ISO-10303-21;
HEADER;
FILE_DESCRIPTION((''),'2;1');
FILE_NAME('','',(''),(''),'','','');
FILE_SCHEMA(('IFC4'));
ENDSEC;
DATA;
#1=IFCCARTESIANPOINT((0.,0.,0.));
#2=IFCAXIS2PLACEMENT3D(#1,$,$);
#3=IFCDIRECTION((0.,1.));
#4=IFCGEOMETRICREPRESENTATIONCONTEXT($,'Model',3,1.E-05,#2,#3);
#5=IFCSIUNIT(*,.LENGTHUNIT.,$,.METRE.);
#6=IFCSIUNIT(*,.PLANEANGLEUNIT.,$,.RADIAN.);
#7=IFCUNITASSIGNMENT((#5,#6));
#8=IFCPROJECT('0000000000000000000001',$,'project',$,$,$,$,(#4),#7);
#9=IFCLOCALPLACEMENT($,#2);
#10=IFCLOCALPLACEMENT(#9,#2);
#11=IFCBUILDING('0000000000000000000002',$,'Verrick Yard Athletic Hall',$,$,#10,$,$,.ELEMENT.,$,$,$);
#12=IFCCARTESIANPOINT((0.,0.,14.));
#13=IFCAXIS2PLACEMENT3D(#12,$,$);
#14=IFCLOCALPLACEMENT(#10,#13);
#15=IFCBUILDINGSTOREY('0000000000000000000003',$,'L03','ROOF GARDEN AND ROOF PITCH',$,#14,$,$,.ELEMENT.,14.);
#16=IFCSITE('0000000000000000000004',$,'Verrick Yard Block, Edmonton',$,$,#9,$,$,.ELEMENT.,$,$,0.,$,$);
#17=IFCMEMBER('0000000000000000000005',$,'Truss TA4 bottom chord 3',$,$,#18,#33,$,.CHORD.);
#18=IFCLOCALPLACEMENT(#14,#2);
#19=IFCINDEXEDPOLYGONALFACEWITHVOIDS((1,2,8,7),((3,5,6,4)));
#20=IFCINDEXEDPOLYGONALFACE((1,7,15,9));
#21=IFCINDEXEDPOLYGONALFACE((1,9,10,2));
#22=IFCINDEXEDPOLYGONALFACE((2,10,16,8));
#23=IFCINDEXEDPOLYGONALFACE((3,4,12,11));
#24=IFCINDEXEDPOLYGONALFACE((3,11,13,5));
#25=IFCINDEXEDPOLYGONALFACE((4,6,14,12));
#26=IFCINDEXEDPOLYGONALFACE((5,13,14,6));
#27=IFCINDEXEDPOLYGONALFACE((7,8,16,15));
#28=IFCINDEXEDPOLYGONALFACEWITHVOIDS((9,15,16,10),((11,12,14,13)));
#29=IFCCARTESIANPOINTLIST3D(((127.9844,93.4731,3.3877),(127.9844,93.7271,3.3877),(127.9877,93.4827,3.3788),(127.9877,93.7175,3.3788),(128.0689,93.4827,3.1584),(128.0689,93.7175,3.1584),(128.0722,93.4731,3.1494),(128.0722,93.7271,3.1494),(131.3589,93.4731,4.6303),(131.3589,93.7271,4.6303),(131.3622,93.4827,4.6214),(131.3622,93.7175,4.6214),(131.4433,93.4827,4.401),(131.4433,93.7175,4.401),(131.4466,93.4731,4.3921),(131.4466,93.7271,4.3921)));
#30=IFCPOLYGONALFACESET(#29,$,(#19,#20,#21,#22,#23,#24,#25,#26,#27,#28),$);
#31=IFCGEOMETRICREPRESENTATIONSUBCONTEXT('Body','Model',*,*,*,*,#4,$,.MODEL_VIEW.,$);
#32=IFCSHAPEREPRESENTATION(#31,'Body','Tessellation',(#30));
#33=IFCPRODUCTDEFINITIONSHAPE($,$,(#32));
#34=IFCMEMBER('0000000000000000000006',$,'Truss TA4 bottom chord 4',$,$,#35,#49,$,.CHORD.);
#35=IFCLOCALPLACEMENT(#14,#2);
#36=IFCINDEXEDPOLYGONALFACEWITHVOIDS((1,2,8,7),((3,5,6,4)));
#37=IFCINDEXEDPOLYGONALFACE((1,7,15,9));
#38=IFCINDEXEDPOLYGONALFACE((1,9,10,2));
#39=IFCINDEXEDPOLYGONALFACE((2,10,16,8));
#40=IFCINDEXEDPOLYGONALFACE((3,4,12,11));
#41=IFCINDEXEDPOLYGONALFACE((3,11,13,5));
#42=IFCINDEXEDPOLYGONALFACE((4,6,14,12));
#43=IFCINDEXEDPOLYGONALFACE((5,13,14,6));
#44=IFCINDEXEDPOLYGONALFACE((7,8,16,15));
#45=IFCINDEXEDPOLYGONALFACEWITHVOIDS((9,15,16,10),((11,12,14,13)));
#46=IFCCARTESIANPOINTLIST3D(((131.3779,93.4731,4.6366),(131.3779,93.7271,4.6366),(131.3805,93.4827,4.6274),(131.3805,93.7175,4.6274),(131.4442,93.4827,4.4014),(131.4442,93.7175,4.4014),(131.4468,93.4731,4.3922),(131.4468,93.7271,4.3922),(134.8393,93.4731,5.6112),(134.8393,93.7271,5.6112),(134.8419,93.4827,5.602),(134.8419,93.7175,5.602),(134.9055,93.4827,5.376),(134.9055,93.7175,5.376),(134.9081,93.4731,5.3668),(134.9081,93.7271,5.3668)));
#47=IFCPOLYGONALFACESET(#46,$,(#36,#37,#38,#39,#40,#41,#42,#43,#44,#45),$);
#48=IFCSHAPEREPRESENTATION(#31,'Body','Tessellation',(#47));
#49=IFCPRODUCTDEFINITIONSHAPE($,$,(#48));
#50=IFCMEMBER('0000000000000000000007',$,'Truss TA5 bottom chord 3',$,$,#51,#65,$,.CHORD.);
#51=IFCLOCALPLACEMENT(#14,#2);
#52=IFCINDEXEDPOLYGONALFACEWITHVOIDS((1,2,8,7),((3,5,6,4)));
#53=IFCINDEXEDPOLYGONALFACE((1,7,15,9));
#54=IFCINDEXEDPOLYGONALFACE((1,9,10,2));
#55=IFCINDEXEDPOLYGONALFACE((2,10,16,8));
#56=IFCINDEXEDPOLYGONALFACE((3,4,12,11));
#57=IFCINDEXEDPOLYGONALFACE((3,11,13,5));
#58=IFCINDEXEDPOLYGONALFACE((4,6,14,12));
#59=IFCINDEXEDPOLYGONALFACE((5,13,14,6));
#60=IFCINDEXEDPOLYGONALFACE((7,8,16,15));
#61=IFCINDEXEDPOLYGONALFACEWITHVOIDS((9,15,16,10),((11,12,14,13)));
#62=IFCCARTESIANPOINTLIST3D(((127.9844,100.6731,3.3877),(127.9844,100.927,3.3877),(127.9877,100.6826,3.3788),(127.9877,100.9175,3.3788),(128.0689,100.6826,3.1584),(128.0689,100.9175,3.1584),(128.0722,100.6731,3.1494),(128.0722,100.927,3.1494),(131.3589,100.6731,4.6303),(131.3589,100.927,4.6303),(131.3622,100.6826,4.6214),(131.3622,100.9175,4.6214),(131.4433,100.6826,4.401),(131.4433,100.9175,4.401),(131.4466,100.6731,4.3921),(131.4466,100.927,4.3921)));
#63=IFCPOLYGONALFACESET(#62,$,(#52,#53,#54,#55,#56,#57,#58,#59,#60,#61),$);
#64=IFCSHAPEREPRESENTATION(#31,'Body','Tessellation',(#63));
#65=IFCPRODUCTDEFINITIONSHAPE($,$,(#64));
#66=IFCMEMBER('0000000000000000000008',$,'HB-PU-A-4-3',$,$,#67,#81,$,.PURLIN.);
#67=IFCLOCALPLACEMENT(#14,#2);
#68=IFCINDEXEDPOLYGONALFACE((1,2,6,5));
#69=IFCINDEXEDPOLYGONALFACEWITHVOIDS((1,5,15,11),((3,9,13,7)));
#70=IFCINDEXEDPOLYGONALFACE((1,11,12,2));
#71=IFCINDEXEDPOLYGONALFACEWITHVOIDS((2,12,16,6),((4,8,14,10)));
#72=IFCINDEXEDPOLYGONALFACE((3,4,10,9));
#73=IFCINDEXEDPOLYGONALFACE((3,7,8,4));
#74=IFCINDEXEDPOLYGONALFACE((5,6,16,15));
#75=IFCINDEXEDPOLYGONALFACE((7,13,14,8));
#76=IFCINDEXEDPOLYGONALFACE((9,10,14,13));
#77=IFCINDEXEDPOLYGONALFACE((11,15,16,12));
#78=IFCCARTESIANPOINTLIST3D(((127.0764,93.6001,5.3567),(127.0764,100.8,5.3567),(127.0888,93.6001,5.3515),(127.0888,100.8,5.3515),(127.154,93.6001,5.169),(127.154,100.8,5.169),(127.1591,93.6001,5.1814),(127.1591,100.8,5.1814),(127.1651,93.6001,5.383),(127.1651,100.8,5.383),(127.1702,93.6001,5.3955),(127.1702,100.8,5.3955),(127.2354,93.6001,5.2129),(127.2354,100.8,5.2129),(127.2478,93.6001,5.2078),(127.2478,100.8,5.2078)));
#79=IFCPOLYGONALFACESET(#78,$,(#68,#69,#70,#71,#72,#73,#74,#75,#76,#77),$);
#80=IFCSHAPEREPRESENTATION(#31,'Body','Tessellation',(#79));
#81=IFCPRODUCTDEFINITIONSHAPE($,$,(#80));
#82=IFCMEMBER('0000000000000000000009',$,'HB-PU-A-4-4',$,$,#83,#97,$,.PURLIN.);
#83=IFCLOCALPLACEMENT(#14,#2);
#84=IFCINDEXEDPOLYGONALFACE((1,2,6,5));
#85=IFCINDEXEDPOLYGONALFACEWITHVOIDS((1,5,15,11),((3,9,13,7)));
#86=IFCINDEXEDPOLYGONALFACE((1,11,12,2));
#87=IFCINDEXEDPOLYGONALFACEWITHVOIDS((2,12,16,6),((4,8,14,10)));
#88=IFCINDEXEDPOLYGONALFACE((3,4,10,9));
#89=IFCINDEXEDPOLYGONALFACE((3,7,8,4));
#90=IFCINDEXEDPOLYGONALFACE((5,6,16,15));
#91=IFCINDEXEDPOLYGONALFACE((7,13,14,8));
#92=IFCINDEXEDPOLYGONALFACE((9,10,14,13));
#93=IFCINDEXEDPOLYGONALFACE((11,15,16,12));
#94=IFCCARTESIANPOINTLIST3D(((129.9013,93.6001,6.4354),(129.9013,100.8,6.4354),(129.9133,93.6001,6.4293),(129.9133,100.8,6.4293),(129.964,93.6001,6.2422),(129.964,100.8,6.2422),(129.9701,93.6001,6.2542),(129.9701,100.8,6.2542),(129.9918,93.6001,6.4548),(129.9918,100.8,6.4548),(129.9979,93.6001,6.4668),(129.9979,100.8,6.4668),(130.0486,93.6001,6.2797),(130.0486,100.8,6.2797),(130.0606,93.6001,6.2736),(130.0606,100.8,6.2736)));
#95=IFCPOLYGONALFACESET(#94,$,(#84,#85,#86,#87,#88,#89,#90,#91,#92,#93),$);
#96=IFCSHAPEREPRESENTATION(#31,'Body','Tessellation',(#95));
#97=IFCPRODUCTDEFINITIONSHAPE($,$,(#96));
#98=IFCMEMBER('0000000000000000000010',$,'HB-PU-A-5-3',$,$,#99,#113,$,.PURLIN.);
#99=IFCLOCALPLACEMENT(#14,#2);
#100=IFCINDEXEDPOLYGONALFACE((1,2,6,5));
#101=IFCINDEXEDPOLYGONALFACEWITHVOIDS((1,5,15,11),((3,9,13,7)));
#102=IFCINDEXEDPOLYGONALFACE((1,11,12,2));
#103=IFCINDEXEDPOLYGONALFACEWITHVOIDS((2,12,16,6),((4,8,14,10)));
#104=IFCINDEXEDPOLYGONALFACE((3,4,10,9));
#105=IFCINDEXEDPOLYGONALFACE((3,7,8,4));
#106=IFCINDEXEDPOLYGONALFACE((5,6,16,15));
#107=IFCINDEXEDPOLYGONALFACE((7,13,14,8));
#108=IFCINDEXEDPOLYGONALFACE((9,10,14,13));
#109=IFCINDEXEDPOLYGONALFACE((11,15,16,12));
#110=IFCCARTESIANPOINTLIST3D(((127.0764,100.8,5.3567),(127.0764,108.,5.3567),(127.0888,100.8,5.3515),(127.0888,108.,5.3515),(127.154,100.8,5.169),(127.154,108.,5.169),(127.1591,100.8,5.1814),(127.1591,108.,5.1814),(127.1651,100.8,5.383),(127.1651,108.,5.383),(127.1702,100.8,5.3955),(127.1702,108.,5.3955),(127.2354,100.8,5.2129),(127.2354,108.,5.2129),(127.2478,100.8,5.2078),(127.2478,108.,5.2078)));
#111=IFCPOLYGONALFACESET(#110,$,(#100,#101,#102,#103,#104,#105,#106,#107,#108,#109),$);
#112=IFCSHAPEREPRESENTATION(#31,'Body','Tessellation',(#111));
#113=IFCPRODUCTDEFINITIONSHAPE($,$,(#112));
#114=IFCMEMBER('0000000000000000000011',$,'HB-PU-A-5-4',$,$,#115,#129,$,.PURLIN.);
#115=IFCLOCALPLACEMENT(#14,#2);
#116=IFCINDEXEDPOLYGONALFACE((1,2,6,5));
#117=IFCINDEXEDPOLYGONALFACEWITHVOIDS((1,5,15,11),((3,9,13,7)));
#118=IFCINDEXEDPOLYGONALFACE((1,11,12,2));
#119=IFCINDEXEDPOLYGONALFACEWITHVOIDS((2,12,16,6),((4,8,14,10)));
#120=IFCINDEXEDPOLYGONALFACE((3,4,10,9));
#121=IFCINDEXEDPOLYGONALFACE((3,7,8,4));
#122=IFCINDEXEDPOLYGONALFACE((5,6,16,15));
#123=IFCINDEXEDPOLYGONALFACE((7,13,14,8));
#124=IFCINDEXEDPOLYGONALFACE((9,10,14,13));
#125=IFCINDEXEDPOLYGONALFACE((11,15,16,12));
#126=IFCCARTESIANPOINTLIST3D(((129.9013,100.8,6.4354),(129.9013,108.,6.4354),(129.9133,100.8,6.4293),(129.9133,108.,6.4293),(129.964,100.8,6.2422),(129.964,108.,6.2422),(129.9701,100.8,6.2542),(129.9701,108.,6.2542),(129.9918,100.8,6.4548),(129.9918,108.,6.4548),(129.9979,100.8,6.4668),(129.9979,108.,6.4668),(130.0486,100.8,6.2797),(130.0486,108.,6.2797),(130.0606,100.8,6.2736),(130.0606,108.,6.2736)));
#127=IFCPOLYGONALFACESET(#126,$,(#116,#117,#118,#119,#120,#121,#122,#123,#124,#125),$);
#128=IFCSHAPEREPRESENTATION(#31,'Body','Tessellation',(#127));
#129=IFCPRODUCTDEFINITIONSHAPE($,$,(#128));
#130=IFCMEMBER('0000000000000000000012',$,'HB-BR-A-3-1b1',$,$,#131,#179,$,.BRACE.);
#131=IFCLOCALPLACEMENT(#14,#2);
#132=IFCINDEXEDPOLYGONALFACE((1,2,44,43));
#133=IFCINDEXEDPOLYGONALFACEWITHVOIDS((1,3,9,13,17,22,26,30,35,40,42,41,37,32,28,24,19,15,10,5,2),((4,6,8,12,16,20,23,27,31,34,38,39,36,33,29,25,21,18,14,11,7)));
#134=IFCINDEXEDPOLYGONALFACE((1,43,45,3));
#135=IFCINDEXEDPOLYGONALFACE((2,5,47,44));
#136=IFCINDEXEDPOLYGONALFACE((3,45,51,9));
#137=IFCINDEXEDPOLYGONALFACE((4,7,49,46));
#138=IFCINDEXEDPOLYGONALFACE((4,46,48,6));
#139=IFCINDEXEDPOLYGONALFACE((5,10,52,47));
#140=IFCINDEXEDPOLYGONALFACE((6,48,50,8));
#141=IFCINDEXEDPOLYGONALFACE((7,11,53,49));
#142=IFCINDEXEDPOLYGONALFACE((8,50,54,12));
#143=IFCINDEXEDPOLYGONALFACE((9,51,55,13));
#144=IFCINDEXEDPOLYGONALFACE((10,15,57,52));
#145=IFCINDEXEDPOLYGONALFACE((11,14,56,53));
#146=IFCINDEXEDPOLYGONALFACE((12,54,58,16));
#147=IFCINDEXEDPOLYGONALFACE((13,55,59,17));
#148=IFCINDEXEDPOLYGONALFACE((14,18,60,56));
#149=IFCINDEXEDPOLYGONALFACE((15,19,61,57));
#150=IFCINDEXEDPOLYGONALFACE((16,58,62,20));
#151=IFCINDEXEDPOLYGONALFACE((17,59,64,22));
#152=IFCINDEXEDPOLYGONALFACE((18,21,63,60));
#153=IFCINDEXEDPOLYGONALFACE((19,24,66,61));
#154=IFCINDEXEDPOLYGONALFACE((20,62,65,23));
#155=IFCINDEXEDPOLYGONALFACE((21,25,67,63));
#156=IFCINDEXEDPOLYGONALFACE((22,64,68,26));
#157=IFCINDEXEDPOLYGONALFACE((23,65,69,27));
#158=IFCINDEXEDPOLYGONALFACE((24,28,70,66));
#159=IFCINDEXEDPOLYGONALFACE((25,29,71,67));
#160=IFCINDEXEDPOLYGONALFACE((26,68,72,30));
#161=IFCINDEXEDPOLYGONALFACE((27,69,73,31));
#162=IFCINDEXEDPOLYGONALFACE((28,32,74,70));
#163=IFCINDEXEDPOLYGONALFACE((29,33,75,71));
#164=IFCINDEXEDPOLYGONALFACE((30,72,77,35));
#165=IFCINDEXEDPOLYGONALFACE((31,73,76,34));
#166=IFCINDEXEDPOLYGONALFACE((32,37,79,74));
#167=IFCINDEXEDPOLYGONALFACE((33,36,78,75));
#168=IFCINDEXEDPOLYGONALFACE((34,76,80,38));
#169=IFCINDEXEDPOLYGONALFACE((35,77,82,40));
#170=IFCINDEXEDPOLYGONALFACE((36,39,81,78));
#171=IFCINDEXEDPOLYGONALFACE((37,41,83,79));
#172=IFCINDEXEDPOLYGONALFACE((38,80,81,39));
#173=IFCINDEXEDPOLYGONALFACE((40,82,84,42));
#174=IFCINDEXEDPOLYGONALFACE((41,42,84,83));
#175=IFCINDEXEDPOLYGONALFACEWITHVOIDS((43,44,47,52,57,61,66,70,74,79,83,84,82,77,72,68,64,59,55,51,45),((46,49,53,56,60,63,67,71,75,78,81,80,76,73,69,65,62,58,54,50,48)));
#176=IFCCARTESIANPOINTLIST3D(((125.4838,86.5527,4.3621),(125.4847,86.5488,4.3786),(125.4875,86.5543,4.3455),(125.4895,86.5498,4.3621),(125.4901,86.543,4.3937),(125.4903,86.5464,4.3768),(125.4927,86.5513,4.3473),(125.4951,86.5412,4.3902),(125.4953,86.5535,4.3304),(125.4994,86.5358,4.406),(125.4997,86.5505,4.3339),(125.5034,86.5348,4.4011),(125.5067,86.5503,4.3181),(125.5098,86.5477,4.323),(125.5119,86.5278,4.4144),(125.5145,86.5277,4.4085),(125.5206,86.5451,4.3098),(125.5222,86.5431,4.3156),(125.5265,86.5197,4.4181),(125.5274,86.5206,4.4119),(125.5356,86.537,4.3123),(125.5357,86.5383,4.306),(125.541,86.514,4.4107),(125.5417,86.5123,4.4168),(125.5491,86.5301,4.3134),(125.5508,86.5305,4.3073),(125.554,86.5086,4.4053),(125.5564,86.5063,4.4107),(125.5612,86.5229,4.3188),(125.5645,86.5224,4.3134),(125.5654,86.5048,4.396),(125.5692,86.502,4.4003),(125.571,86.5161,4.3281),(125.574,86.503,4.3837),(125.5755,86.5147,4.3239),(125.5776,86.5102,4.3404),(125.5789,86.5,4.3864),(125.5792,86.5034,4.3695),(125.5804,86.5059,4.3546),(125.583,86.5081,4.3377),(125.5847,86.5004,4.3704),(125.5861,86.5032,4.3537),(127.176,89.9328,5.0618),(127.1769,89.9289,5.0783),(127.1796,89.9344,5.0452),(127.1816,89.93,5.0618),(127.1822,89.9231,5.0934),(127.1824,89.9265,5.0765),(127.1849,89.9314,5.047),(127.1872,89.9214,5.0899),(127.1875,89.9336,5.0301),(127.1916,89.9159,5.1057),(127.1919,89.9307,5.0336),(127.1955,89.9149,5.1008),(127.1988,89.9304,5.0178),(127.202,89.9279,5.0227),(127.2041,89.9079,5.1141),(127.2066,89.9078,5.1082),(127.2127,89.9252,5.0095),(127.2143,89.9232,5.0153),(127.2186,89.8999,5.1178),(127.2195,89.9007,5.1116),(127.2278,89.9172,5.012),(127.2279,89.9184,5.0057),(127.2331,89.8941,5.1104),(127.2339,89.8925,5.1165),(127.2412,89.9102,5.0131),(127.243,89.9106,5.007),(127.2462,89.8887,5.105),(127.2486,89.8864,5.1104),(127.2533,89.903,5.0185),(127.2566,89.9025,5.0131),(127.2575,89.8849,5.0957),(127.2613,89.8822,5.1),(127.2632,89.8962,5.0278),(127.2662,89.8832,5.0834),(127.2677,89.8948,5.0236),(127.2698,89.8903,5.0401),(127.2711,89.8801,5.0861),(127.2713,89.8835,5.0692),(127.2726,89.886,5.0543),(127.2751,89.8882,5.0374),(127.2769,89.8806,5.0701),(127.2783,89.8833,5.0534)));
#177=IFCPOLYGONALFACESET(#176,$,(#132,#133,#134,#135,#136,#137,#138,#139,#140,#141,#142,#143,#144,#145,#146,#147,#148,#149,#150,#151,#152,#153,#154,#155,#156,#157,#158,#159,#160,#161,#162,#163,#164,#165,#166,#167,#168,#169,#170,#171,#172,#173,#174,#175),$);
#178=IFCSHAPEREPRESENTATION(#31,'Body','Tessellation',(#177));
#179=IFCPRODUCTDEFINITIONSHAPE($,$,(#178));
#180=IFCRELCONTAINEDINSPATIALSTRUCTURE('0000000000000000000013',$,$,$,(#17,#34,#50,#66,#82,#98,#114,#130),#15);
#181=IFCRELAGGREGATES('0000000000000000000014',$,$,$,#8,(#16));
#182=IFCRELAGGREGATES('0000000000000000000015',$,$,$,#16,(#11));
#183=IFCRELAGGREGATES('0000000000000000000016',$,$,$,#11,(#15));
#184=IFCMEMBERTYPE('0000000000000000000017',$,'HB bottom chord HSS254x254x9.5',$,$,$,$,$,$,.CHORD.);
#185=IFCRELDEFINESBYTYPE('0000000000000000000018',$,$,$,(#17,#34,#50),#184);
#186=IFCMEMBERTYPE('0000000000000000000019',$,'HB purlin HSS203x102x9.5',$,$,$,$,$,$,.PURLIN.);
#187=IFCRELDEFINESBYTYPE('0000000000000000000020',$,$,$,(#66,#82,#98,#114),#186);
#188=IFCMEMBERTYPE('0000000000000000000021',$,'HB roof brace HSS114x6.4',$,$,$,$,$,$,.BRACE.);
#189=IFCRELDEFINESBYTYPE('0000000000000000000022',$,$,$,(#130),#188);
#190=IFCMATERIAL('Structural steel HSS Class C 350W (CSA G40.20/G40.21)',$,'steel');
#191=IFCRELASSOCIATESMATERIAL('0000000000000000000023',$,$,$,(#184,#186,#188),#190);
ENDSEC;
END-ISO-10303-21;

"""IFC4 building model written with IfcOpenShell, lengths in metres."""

from ifc_helpers import new_model, si_unit, direction, frame, origin, origin_2d, place, context, subcontext, project, spatial, hollow_rectangle, hollow_circle, extrude, material, material_profile, profile_set, type_object, element, save


model = new_model("IFC4")

# Units and contexts
model_context = context("Model", 3, precision=1e-05, world=origin(), true_north=direction((0.0, 1.0)))
body_context = subcontext(model_context, "Body", "Model", "MODEL_VIEW")
ifc_project = project(units=[si_unit("LENGTHUNIT", "METRE"), si_unit("PLANEANGLEUNIT", "RADIAN")], contexts=[model_context])

# Site, building, storey
site_placement = place(None, origin())
site = spatial("IfcSite", under=ifc_project, at=site_placement, Name="Verrick Yard Block, Edmonton", CompositionType="ELEMENT", RefElevation=0.0)
building_placement = place(site_placement, origin())
building = spatial("IfcBuilding", under=site, at=building_placement, Name="Verrick Yard Athletic Hall", CompositionType="ELEMENT")
storey_placement = place(building_placement, frame((0.0, 0.0, 14.0)))
storey = spatial("IfcBuildingStorey", under=building, at=storey_placement, Name="L03", Description="ROOF GARDEN AND ROOF PITCH", CompositionType="ELEMENT", Elevation=14.0)

# Members
ifc_material_1 = material(Name="Structural steel HSS Class C 350W (CSA G40.20/G40.21)", Category="steel")
ifc_material_profile_1 = material_profile(ifc_material_1, hollow_rectangle(XDim=0.2539, YDim=0.2539, WallThickness=0.0095, at=origin_2d()), Name="HSS254x254x9.5")
ifc_profile_set_1 = profile_set([ifc_material_profile_1], Name="Structural steel HSS Class C 350W (CSA G40.20/G40.21)")
member_type_1 = type_object("IfcMemberType", Name="HB bottom chord HSS254x254x9.5", PredefinedType="CHORD", material=ifc_profile_set_1)
for number, where, z_axis, x_axis, name in (
    (1, (128.0283, 93.6001, 3.2686), (0.938394, 0.0, 0.345567), (0.0, 1.0, 0.0), "Truss TA4 bottom chord 3"),
    (2, (131.4124, 93.6001, 4.5144), (0.962572, 0.0, 0.271025), (0.0, 1.0, 0.0), "Truss TA4 bottom chord 4"),
    (3, (128.0283, 100.8, 3.2686), (0.938394, 0.0, 0.345567), (0.0, 1.0, 0.0), "Truss TA5 bottom chord 3"),
):
    element("IfcMember", number, at=place(storey_placement, frame(where, z_axis=z_axis, x_axis=x_axis)), inside=storey, type_object=member_type_1, Name=name, PredefinedType="CHORD", context=body_context, shape_type="SweptSolid", body=[
        extrude(hollow_rectangle(XDim=0.2539, YDim=0.2539, WallThickness=0.0095, at=origin_2d()), origin(), (0.0, 0.0, 1.0), 3.5959),
    ])
ifc_material_profile_2 = material_profile(ifc_material_1, hollow_rectangle(XDim=0.1016, YDim=0.2031, WallThickness=0.0095, at=origin_2d()), Name="HSS203x102x9.5")
ifc_profile_set_2 = profile_set([ifc_material_profile_2], Name="Structural steel HSS Class C 350W (CSA G40.20/G40.21)")
member_type_2 = type_object("IfcMemberType", Name="HB purlin HSS203x102x9.5", PredefinedType="PURLIN", material=ifc_profile_set_2)
for number, where, z_axis, x_axis, name in (
    (4, (127.1621, 93.6001, 5.2822), (0.0, 1.0, 0.0), (-0.924123, 0.0, -0.382096), "HB-PU-A-4-3"),
    (5, (129.981, 93.6001, 6.3545), (0.0, 1.0, 0.0), (-0.951214, 0.0, -0.308533), "HB-PU-A-4-4"),
    (6, (127.1621, 100.8, 5.2822), (0.0, 1.0, 0.0), (-0.924123, 0.0, -0.382096), "HB-PU-A-5-3"),
    (7, (129.981, 100.8, 6.3545), (0.0, 1.0, 0.0), (-0.951214, 0.0, -0.308533), "HB-PU-A-5-4"),
):
    element("IfcMember", number, at=place(storey_placement, frame(where, z_axis=z_axis, x_axis=x_axis)), inside=storey, type_object=member_type_2, Name=name, PredefinedType="PURLIN", context=body_context, shape_type="SweptSolid", body=[
        extrude(hollow_rectangle(XDim=0.1016, YDim=0.2031, WallThickness=0.0095, at=origin_2d()), origin(), (0.0, 0.0, 1.0), 7.2),
    ])
ifc_material_profile_3 = material_profile(ifc_material_1, hollow_circle(Radius=0.0571, WallThickness=0.0063, at=origin_2d()), Name="HSS114x6.4")
ifc_profile_set_3 = profile_set([ifc_material_profile_3], Name="Structural steel HSS Class C 350W (CSA G40.20/G40.21)")
member_type_3 = type_object("IfcMemberType", Name="HB roof brace HSS114x6.4", PredefinedType="BRACE", material=ifc_profile_set_3)
for number, where, z_axis, x_axis, name in (
    (8, (125.5349, 86.5271, 4.3621), (0.440175, 0.879271, 0.182014), (-0.894207, 0.447653, 0.0), "HB-BR-A-3-1b1"),
):
    element("IfcMember", number, at=place(storey_placement, frame(where, z_axis=z_axis, x_axis=x_axis)), inside=storey, type_object=member_type_3, Name=name, PredefinedType="BRACE", context=body_context, shape_type="SweptSolid", body=[
        extrude(hollow_circle(Radius=0.0571, WallThickness=0.0063, at=origin_2d()), origin(), (0.0, 0.0, 1.0), 3.8442),
    ])

save(model, "model.ifc")
